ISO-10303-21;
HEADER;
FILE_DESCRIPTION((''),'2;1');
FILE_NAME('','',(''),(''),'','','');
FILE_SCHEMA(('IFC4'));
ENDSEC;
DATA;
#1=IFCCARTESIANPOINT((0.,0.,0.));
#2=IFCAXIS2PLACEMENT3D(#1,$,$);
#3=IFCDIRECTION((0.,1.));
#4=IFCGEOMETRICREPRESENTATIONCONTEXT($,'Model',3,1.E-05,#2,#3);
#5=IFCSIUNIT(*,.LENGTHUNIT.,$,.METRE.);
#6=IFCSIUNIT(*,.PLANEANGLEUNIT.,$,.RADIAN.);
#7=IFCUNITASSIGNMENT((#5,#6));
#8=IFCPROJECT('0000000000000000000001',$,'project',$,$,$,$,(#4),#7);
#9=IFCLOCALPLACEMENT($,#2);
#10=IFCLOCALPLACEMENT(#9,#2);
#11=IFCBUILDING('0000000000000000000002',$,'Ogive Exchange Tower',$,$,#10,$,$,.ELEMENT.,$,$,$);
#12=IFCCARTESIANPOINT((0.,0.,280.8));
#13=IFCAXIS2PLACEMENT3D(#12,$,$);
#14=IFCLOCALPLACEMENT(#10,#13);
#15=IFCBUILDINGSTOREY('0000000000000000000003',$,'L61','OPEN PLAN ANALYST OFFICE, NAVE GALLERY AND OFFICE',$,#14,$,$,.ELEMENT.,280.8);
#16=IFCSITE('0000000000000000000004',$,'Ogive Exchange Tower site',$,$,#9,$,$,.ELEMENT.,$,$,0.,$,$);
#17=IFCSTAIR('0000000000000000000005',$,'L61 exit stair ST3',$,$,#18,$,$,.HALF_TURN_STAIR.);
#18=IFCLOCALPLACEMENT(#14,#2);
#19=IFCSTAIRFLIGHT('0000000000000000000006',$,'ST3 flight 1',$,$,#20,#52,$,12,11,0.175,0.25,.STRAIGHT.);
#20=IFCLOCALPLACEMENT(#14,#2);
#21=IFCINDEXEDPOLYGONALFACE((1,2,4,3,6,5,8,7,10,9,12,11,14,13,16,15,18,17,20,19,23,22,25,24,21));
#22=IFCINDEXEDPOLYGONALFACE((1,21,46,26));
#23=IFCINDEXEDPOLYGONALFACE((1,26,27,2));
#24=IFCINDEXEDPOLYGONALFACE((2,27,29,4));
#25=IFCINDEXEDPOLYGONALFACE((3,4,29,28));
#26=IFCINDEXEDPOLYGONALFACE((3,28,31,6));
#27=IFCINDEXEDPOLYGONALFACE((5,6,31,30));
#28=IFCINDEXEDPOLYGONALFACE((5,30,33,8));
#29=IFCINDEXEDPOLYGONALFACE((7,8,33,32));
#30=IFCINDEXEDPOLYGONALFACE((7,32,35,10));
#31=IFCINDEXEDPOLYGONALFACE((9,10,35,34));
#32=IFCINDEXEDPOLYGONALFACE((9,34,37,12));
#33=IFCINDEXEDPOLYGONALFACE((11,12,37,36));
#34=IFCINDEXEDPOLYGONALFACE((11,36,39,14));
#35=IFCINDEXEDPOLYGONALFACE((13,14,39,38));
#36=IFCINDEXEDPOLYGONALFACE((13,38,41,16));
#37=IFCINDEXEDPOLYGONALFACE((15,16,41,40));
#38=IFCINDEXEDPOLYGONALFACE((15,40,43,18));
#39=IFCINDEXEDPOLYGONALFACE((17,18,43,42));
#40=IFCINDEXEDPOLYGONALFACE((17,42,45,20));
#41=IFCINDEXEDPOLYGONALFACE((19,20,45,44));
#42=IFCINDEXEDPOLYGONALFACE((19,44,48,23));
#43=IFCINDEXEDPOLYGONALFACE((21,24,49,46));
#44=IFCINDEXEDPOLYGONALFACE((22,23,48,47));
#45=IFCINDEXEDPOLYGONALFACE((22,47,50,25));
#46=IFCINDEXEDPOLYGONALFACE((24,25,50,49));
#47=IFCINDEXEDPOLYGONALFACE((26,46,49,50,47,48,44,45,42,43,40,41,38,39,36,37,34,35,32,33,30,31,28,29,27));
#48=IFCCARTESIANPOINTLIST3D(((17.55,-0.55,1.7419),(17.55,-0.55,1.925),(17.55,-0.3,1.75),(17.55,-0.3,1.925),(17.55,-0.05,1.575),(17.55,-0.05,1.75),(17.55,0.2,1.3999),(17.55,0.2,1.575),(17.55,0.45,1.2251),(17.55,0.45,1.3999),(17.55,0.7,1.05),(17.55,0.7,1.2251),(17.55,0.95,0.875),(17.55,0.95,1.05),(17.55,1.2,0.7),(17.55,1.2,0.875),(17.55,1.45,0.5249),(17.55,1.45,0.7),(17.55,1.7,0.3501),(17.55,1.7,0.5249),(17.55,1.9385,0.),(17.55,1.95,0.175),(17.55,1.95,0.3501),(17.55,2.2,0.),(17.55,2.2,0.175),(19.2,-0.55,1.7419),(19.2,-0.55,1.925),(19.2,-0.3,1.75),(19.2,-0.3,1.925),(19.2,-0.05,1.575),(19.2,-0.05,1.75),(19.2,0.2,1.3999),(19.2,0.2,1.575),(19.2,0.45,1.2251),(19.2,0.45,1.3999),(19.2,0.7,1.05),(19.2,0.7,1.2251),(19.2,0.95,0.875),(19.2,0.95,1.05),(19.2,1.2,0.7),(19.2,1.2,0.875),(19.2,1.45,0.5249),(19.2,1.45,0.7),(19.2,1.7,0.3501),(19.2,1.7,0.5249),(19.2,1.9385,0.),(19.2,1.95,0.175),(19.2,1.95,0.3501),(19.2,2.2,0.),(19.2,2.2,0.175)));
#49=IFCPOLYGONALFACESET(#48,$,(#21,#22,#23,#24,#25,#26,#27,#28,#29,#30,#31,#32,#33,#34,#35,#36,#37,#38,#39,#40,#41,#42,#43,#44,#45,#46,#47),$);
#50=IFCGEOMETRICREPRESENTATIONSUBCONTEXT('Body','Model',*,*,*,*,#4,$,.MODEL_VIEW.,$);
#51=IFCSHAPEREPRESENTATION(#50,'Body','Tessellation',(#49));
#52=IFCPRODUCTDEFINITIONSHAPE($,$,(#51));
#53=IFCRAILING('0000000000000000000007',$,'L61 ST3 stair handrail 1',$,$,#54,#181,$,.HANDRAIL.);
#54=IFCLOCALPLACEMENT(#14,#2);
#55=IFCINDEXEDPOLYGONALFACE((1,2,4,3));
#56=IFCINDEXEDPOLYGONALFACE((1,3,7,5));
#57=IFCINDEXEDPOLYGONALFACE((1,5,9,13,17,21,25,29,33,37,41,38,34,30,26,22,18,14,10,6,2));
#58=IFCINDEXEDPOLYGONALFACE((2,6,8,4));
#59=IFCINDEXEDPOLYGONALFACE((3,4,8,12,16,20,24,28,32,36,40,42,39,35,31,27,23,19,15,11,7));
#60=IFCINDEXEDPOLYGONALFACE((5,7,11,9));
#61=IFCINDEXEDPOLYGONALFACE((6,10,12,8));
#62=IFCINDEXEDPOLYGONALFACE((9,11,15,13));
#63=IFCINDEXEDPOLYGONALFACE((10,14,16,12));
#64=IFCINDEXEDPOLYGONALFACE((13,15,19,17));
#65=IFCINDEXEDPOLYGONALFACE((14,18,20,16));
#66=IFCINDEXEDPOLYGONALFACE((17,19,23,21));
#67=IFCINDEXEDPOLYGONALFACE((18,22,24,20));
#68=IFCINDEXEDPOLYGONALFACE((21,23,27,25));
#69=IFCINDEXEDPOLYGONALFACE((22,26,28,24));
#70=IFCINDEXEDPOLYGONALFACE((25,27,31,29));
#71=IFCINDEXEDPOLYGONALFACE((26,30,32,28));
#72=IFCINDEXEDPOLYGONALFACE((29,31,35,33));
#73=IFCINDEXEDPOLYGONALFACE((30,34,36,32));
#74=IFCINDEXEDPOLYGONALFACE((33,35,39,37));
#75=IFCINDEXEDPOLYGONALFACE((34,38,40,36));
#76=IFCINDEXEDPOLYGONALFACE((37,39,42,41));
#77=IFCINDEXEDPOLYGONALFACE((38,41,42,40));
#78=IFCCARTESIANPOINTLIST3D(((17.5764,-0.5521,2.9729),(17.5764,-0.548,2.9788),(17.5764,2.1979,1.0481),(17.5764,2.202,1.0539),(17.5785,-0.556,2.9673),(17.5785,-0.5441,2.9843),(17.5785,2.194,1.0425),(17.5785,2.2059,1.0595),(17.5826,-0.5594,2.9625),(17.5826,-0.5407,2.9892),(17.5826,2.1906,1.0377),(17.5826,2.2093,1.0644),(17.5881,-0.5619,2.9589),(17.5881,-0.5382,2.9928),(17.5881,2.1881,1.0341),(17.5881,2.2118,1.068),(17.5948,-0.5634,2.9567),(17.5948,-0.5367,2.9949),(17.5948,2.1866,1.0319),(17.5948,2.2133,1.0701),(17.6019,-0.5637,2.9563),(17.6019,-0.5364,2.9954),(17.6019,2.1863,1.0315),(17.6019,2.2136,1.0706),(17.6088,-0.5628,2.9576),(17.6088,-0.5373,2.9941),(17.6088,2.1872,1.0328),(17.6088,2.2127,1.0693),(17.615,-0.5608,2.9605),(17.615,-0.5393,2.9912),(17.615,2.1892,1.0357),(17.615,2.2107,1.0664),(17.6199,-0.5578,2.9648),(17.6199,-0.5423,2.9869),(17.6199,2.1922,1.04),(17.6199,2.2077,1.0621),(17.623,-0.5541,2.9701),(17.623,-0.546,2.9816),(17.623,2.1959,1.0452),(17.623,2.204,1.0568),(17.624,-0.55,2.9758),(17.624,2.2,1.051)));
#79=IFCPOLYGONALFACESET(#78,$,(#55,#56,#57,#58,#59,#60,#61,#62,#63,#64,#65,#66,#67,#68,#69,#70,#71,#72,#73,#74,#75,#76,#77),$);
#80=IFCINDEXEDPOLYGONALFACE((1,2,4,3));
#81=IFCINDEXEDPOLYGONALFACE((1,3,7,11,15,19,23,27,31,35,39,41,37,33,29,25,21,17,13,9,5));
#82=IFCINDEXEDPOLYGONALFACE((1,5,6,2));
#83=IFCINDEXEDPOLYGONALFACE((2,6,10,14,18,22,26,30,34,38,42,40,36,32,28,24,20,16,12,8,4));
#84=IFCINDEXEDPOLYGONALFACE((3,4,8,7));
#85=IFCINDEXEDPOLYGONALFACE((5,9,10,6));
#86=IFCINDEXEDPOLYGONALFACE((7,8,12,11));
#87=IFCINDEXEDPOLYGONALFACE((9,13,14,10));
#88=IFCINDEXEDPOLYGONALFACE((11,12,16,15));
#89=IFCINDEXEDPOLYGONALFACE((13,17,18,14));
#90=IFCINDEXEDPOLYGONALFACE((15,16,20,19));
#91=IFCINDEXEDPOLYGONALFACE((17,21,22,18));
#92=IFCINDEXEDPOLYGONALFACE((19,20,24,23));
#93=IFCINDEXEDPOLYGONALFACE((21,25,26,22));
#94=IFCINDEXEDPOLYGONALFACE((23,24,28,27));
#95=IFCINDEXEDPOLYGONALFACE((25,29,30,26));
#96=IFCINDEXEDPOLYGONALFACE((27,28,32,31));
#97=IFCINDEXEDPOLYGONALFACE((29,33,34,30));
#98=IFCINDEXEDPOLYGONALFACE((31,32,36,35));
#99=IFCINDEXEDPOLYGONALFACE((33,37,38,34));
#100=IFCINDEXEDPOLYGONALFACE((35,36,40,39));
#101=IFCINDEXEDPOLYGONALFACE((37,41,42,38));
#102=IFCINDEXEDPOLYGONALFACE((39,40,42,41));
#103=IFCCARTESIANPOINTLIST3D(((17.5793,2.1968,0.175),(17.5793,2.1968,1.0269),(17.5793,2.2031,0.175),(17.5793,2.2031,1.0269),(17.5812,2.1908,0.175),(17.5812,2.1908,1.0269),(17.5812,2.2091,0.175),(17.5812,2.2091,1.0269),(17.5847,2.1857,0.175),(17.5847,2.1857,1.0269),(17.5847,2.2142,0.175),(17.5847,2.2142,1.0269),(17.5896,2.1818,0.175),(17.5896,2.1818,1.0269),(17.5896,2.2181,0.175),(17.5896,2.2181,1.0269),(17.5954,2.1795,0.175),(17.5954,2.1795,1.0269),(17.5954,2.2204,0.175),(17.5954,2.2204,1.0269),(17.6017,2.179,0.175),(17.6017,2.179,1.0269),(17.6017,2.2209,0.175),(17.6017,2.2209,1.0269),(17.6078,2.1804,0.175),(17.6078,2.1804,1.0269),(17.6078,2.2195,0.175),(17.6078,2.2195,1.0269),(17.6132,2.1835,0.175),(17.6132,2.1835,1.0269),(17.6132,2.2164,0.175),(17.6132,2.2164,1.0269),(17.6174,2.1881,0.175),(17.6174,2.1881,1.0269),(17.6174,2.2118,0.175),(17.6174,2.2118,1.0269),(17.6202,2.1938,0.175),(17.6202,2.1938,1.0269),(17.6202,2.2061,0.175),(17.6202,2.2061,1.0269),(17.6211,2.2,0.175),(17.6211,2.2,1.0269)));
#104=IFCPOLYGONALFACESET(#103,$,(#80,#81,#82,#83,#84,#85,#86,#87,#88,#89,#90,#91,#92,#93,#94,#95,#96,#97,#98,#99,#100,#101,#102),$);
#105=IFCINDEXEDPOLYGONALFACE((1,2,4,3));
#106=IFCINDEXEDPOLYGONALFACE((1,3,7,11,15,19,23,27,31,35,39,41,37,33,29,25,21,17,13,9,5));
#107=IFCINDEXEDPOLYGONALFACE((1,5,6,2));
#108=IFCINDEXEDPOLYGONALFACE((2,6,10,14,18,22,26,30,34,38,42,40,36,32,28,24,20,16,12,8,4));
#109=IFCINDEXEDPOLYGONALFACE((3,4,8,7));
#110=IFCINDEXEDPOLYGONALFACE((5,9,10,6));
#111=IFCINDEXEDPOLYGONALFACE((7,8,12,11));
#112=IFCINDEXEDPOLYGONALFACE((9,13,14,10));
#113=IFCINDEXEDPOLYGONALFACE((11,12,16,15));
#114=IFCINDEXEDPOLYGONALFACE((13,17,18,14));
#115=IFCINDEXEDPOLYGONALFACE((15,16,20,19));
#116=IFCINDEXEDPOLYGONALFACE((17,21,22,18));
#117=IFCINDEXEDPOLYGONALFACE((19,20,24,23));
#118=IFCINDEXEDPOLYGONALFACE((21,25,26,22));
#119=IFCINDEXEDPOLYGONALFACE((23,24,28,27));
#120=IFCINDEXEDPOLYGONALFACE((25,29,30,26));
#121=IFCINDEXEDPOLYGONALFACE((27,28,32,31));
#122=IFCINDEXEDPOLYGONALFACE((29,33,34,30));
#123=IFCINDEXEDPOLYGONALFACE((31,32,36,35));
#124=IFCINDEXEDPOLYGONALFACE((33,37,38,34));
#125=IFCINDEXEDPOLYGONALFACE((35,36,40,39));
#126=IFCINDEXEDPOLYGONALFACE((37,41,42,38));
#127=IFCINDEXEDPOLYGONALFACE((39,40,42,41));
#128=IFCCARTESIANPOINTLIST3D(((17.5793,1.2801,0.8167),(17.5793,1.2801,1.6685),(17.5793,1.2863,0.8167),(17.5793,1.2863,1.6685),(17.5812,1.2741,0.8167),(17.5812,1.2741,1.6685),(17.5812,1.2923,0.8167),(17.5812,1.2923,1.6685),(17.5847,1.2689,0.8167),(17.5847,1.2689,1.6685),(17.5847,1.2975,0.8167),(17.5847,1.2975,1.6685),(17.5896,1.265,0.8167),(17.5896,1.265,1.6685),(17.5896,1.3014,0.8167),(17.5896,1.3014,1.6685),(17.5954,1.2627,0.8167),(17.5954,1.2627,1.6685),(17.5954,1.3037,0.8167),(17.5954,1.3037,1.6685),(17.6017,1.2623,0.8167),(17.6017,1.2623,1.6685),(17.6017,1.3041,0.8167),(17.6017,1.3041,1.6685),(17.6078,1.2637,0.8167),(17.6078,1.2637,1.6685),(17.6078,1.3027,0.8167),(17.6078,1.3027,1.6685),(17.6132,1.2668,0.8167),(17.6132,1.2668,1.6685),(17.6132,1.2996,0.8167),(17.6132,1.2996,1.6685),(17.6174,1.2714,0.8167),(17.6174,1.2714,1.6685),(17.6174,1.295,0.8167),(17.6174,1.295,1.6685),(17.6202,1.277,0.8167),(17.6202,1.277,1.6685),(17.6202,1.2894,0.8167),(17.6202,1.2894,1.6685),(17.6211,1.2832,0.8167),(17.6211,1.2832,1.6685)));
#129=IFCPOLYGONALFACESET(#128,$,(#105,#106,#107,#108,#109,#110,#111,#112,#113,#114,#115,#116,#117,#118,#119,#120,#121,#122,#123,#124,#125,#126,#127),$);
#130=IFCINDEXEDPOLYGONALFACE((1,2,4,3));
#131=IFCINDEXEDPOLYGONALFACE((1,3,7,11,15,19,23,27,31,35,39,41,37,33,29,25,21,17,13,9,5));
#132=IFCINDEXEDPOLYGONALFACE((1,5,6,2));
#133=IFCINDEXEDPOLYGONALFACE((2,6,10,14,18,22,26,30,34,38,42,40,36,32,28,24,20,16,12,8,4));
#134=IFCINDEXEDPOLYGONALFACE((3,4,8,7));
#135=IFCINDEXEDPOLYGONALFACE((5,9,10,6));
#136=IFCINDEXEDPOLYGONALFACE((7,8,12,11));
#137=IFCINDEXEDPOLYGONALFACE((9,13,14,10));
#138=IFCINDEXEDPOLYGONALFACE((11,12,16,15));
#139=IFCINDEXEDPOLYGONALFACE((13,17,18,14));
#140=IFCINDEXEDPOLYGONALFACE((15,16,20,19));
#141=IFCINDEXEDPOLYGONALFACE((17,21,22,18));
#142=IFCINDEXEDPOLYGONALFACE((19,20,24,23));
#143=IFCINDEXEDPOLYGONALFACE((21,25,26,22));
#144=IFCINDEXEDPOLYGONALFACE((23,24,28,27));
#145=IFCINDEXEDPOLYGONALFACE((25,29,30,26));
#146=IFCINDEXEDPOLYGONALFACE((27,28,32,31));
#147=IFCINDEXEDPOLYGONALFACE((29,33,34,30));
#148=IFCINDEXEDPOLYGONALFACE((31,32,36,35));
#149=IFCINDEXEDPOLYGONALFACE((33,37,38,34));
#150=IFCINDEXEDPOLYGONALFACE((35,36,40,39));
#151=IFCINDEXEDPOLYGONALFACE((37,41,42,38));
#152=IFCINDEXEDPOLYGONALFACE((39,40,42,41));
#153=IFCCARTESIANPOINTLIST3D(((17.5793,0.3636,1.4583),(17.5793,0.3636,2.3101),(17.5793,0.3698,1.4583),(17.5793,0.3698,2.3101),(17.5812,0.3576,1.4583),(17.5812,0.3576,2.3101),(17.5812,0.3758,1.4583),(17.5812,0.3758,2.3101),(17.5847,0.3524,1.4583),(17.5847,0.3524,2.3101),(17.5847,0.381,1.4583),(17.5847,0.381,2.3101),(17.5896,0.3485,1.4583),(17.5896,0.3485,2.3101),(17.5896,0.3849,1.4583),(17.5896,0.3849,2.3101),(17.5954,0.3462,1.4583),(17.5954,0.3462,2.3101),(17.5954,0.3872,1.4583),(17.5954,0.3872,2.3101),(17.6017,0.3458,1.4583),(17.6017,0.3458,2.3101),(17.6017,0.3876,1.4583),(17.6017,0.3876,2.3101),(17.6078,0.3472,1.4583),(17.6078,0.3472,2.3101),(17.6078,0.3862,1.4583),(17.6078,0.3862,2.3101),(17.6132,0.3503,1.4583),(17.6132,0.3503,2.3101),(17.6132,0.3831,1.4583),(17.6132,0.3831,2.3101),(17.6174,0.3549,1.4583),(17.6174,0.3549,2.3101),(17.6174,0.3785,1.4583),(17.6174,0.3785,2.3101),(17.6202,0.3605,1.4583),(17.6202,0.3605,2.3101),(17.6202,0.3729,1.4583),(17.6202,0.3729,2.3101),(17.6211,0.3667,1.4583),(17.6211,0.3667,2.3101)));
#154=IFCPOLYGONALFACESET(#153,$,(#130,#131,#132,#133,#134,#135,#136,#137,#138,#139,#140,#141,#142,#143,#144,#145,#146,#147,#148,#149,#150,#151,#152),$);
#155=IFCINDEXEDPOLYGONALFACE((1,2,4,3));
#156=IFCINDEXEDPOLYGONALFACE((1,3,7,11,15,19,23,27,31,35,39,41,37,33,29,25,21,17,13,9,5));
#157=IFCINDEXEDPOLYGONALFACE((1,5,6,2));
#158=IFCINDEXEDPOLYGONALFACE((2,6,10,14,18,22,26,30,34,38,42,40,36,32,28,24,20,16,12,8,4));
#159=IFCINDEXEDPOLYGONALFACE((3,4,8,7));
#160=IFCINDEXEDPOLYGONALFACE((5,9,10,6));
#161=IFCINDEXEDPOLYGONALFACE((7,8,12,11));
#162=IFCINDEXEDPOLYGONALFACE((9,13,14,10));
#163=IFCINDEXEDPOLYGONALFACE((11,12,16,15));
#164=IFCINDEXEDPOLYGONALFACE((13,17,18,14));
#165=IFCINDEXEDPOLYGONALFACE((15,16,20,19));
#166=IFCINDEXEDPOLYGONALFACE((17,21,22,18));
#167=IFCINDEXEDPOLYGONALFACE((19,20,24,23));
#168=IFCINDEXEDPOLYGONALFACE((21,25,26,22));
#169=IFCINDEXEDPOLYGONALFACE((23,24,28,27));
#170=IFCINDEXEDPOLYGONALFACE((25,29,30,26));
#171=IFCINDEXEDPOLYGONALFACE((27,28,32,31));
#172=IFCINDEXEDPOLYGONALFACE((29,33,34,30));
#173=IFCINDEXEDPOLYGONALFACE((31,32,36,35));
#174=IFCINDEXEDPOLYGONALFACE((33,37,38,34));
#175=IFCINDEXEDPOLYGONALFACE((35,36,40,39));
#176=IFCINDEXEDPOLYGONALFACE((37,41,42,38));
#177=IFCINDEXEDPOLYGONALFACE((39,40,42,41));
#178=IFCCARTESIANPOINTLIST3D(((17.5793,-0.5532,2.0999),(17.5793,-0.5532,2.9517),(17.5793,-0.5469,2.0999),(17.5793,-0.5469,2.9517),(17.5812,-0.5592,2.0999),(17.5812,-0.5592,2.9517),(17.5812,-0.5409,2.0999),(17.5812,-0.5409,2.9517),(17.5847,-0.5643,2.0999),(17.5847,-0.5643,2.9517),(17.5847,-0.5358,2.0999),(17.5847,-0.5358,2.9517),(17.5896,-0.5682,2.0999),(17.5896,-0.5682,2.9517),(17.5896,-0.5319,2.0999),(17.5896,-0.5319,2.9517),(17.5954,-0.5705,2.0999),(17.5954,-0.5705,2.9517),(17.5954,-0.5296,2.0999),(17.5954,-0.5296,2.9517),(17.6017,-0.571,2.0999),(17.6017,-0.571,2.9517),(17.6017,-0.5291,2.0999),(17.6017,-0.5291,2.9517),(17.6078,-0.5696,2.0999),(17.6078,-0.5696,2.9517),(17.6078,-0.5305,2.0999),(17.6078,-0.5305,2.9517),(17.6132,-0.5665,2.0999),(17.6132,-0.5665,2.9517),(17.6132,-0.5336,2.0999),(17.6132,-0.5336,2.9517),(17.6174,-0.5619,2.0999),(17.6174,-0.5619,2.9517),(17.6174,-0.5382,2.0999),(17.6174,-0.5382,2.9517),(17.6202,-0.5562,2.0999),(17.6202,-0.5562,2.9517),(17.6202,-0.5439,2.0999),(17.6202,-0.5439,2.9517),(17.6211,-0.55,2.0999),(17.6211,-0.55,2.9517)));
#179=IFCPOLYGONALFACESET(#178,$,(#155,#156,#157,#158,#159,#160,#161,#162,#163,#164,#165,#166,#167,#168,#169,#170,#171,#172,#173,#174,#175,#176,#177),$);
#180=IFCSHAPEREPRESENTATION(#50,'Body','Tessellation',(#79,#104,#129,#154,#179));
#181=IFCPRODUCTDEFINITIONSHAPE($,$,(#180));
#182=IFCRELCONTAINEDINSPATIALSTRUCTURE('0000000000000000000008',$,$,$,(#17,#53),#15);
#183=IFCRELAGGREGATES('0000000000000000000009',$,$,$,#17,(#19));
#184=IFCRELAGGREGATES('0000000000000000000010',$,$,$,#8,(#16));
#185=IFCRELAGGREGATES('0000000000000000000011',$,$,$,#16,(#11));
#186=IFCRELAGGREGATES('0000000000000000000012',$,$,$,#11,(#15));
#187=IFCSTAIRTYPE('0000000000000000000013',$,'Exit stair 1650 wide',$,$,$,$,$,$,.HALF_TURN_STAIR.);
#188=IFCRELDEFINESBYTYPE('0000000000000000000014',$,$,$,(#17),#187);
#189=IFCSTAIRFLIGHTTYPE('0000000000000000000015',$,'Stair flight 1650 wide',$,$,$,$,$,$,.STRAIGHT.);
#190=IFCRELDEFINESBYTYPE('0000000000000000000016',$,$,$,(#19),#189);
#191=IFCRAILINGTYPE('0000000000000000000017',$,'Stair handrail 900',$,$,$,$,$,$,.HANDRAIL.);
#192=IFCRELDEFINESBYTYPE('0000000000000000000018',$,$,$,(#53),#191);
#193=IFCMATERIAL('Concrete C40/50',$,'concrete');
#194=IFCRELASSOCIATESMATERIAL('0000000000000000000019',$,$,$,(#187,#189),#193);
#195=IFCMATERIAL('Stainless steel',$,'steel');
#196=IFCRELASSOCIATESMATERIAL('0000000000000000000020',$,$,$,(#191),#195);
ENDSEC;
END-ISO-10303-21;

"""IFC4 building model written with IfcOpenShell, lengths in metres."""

from ifc_helpers import new_model, si_unit, direction, frame, origin, origin_2d, place, context, subcontext, project, spatial, polyline, circle, outline, extrude, material, type_object, element, aggregate, save


model = new_model("IFC4")

# Units and contexts
model_context = context("Model", 3, precision=1e-05, world=origin(), true_north=direction((0.0, 1.0)))
body_context = subcontext(model_context, "Body", "Model", "MODEL_VIEW")
ifc_project = project(units=[si_unit("LENGTHUNIT", "METRE"), si_unit("PLANEANGLEUNIT", "RADIAN")], contexts=[model_context])

# Site, building, storey
site_placement = place(None, origin())
site = spatial("IfcSite", under=ifc_project, at=site_placement, Name="Ogive Exchange Tower site", CompositionType="ELEMENT", RefElevation=0.0)
building_placement = place(site_placement, origin())
building = spatial("IfcBuilding", under=site, at=building_placement, Name="Ogive Exchange Tower", CompositionType="ELEMENT")
storey_placement = place(building_placement, frame((0.0, 0.0, 280.8)))
storey = spatial("IfcBuildingStorey", under=building, at=storey_placement, Name="L61", Description="OPEN PLAN ANALYST OFFICE, NAVE GALLERY AND OFFICE", CompositionType="ELEMENT", Elevation=280.8)

# Shared definitions
ifc_material_1 = material(Name="Stainless steel", Category="steel")

# Stair, stair flight
ifc_material_2 = material(Name="Concrete C40/50", Category="concrete")
stair_type = type_object("IfcStairType", Name="Exit stair 1650 wide", PredefinedType="HALF_TURN_STAIR", material=ifc_material_2)
stair_placement = place(storey_placement, origin())
stair = element("IfcStair", 1, at=stair_placement, inside=storey, type_object=stair_type, Name="L61 exit stair ST3", PredefinedType="HALF_TURN_STAIR")
stair_flight_type = type_object("IfcStairFlightType", Name="Stair flight 1650 wide", PredefinedType="STRAIGHT", material=ifc_material_2)
stair_flight_placement = place(storey_placement, frame((18.375, 2.2, 0.0), z_axis=(0.0, 0.0, 1.0), x_axis=(0.0, -1.0, 0.0)))
stair_flight = element("IfcStairFlight", 2, at=stair_flight_placement, type_object=stair_flight_type, Name="ST3 flight 1", NumberOfRisers=12, NumberOfTreads=11, PredefinedType="STRAIGHT", RiserHeight=0.175, TreadLength=0.25, context=body_context, shape_type="SweptSolid", body=[
    extrude(outline(polyline([(0.0, 0.0), (0.0, 0.175), (0.25, 0.175), (0.25, 0.3501), (0.5, 0.3501), (0.5, 0.5249), (0.75, 0.5249), (0.75, 0.7), (1.0, 0.7), (1.0, 0.875), (1.25, 0.875), (1.25, 1.05), (1.5, 1.05), (1.5, 1.2251), (1.75, 1.2251), (1.75, 1.3999), (2.0, 1.3999), (2.0, 1.575), (2.25, 1.575), (2.25, 1.75), (2.5, 1.75), (2.5, 1.925), (2.75, 1.925), (2.75, 2.1001), (2.75, 1.7419), (0.2615, 0.0), (0.0, 0.0)])), frame((0.0, 0.825, 0.0), z_axis=(0.0, -1.0, 0.0), x_axis=(1.0, 0.0, 0.0)), (0.0, 0.0, 1.0), 1.6499),
])
aggregate(stair, [stair_flight])

# Railing
railing_type = type_object("IfcRailingType", Name="Stair handrail 900", PredefinedType="HANDRAIL", material=ifc_material_1)
railing_placement = place(storey_placement, frame((17.6001, 2.2, 0.175)))
element("IfcRailing", 3, at=railing_placement, inside=storey, type_object=railing_type, Name="L61 ST3 stair handrail 1", PredefinedType="HANDRAIL", context=body_context, shape_type="SweptSolid", body=[
    extrude(circle(Radius=0.0239, at=origin_2d()), frame((0.0, 0.0, 0.876), z_axis=(0.0, -0.819259, 0.573423), x_axis=(1.0, 0.0, 0.0)), (0.0, 0.0, 1.0), 3.3567),
    extrude(circle(Radius=0.021, at=origin_2d()), origin(), (0.0, 0.0, 1.0), 0.8518),
    extrude(circle(Radius=0.021, at=origin_2d()), frame((0.0, -0.9167, 0.6416)), (0.0, 0.0, 1.0), 0.8518),
    extrude(circle(Radius=0.021, at=origin_2d()), frame((0.0, -1.8333, 1.2832)), (0.0, 0.0, 1.0), 0.8518),
    extrude(circle(Radius=0.021, at=origin_2d()), frame((0.0, -2.75, 1.9248)), (0.0, 0.0, 1.0), 0.8518),
])

save(model, "model.ifc")
